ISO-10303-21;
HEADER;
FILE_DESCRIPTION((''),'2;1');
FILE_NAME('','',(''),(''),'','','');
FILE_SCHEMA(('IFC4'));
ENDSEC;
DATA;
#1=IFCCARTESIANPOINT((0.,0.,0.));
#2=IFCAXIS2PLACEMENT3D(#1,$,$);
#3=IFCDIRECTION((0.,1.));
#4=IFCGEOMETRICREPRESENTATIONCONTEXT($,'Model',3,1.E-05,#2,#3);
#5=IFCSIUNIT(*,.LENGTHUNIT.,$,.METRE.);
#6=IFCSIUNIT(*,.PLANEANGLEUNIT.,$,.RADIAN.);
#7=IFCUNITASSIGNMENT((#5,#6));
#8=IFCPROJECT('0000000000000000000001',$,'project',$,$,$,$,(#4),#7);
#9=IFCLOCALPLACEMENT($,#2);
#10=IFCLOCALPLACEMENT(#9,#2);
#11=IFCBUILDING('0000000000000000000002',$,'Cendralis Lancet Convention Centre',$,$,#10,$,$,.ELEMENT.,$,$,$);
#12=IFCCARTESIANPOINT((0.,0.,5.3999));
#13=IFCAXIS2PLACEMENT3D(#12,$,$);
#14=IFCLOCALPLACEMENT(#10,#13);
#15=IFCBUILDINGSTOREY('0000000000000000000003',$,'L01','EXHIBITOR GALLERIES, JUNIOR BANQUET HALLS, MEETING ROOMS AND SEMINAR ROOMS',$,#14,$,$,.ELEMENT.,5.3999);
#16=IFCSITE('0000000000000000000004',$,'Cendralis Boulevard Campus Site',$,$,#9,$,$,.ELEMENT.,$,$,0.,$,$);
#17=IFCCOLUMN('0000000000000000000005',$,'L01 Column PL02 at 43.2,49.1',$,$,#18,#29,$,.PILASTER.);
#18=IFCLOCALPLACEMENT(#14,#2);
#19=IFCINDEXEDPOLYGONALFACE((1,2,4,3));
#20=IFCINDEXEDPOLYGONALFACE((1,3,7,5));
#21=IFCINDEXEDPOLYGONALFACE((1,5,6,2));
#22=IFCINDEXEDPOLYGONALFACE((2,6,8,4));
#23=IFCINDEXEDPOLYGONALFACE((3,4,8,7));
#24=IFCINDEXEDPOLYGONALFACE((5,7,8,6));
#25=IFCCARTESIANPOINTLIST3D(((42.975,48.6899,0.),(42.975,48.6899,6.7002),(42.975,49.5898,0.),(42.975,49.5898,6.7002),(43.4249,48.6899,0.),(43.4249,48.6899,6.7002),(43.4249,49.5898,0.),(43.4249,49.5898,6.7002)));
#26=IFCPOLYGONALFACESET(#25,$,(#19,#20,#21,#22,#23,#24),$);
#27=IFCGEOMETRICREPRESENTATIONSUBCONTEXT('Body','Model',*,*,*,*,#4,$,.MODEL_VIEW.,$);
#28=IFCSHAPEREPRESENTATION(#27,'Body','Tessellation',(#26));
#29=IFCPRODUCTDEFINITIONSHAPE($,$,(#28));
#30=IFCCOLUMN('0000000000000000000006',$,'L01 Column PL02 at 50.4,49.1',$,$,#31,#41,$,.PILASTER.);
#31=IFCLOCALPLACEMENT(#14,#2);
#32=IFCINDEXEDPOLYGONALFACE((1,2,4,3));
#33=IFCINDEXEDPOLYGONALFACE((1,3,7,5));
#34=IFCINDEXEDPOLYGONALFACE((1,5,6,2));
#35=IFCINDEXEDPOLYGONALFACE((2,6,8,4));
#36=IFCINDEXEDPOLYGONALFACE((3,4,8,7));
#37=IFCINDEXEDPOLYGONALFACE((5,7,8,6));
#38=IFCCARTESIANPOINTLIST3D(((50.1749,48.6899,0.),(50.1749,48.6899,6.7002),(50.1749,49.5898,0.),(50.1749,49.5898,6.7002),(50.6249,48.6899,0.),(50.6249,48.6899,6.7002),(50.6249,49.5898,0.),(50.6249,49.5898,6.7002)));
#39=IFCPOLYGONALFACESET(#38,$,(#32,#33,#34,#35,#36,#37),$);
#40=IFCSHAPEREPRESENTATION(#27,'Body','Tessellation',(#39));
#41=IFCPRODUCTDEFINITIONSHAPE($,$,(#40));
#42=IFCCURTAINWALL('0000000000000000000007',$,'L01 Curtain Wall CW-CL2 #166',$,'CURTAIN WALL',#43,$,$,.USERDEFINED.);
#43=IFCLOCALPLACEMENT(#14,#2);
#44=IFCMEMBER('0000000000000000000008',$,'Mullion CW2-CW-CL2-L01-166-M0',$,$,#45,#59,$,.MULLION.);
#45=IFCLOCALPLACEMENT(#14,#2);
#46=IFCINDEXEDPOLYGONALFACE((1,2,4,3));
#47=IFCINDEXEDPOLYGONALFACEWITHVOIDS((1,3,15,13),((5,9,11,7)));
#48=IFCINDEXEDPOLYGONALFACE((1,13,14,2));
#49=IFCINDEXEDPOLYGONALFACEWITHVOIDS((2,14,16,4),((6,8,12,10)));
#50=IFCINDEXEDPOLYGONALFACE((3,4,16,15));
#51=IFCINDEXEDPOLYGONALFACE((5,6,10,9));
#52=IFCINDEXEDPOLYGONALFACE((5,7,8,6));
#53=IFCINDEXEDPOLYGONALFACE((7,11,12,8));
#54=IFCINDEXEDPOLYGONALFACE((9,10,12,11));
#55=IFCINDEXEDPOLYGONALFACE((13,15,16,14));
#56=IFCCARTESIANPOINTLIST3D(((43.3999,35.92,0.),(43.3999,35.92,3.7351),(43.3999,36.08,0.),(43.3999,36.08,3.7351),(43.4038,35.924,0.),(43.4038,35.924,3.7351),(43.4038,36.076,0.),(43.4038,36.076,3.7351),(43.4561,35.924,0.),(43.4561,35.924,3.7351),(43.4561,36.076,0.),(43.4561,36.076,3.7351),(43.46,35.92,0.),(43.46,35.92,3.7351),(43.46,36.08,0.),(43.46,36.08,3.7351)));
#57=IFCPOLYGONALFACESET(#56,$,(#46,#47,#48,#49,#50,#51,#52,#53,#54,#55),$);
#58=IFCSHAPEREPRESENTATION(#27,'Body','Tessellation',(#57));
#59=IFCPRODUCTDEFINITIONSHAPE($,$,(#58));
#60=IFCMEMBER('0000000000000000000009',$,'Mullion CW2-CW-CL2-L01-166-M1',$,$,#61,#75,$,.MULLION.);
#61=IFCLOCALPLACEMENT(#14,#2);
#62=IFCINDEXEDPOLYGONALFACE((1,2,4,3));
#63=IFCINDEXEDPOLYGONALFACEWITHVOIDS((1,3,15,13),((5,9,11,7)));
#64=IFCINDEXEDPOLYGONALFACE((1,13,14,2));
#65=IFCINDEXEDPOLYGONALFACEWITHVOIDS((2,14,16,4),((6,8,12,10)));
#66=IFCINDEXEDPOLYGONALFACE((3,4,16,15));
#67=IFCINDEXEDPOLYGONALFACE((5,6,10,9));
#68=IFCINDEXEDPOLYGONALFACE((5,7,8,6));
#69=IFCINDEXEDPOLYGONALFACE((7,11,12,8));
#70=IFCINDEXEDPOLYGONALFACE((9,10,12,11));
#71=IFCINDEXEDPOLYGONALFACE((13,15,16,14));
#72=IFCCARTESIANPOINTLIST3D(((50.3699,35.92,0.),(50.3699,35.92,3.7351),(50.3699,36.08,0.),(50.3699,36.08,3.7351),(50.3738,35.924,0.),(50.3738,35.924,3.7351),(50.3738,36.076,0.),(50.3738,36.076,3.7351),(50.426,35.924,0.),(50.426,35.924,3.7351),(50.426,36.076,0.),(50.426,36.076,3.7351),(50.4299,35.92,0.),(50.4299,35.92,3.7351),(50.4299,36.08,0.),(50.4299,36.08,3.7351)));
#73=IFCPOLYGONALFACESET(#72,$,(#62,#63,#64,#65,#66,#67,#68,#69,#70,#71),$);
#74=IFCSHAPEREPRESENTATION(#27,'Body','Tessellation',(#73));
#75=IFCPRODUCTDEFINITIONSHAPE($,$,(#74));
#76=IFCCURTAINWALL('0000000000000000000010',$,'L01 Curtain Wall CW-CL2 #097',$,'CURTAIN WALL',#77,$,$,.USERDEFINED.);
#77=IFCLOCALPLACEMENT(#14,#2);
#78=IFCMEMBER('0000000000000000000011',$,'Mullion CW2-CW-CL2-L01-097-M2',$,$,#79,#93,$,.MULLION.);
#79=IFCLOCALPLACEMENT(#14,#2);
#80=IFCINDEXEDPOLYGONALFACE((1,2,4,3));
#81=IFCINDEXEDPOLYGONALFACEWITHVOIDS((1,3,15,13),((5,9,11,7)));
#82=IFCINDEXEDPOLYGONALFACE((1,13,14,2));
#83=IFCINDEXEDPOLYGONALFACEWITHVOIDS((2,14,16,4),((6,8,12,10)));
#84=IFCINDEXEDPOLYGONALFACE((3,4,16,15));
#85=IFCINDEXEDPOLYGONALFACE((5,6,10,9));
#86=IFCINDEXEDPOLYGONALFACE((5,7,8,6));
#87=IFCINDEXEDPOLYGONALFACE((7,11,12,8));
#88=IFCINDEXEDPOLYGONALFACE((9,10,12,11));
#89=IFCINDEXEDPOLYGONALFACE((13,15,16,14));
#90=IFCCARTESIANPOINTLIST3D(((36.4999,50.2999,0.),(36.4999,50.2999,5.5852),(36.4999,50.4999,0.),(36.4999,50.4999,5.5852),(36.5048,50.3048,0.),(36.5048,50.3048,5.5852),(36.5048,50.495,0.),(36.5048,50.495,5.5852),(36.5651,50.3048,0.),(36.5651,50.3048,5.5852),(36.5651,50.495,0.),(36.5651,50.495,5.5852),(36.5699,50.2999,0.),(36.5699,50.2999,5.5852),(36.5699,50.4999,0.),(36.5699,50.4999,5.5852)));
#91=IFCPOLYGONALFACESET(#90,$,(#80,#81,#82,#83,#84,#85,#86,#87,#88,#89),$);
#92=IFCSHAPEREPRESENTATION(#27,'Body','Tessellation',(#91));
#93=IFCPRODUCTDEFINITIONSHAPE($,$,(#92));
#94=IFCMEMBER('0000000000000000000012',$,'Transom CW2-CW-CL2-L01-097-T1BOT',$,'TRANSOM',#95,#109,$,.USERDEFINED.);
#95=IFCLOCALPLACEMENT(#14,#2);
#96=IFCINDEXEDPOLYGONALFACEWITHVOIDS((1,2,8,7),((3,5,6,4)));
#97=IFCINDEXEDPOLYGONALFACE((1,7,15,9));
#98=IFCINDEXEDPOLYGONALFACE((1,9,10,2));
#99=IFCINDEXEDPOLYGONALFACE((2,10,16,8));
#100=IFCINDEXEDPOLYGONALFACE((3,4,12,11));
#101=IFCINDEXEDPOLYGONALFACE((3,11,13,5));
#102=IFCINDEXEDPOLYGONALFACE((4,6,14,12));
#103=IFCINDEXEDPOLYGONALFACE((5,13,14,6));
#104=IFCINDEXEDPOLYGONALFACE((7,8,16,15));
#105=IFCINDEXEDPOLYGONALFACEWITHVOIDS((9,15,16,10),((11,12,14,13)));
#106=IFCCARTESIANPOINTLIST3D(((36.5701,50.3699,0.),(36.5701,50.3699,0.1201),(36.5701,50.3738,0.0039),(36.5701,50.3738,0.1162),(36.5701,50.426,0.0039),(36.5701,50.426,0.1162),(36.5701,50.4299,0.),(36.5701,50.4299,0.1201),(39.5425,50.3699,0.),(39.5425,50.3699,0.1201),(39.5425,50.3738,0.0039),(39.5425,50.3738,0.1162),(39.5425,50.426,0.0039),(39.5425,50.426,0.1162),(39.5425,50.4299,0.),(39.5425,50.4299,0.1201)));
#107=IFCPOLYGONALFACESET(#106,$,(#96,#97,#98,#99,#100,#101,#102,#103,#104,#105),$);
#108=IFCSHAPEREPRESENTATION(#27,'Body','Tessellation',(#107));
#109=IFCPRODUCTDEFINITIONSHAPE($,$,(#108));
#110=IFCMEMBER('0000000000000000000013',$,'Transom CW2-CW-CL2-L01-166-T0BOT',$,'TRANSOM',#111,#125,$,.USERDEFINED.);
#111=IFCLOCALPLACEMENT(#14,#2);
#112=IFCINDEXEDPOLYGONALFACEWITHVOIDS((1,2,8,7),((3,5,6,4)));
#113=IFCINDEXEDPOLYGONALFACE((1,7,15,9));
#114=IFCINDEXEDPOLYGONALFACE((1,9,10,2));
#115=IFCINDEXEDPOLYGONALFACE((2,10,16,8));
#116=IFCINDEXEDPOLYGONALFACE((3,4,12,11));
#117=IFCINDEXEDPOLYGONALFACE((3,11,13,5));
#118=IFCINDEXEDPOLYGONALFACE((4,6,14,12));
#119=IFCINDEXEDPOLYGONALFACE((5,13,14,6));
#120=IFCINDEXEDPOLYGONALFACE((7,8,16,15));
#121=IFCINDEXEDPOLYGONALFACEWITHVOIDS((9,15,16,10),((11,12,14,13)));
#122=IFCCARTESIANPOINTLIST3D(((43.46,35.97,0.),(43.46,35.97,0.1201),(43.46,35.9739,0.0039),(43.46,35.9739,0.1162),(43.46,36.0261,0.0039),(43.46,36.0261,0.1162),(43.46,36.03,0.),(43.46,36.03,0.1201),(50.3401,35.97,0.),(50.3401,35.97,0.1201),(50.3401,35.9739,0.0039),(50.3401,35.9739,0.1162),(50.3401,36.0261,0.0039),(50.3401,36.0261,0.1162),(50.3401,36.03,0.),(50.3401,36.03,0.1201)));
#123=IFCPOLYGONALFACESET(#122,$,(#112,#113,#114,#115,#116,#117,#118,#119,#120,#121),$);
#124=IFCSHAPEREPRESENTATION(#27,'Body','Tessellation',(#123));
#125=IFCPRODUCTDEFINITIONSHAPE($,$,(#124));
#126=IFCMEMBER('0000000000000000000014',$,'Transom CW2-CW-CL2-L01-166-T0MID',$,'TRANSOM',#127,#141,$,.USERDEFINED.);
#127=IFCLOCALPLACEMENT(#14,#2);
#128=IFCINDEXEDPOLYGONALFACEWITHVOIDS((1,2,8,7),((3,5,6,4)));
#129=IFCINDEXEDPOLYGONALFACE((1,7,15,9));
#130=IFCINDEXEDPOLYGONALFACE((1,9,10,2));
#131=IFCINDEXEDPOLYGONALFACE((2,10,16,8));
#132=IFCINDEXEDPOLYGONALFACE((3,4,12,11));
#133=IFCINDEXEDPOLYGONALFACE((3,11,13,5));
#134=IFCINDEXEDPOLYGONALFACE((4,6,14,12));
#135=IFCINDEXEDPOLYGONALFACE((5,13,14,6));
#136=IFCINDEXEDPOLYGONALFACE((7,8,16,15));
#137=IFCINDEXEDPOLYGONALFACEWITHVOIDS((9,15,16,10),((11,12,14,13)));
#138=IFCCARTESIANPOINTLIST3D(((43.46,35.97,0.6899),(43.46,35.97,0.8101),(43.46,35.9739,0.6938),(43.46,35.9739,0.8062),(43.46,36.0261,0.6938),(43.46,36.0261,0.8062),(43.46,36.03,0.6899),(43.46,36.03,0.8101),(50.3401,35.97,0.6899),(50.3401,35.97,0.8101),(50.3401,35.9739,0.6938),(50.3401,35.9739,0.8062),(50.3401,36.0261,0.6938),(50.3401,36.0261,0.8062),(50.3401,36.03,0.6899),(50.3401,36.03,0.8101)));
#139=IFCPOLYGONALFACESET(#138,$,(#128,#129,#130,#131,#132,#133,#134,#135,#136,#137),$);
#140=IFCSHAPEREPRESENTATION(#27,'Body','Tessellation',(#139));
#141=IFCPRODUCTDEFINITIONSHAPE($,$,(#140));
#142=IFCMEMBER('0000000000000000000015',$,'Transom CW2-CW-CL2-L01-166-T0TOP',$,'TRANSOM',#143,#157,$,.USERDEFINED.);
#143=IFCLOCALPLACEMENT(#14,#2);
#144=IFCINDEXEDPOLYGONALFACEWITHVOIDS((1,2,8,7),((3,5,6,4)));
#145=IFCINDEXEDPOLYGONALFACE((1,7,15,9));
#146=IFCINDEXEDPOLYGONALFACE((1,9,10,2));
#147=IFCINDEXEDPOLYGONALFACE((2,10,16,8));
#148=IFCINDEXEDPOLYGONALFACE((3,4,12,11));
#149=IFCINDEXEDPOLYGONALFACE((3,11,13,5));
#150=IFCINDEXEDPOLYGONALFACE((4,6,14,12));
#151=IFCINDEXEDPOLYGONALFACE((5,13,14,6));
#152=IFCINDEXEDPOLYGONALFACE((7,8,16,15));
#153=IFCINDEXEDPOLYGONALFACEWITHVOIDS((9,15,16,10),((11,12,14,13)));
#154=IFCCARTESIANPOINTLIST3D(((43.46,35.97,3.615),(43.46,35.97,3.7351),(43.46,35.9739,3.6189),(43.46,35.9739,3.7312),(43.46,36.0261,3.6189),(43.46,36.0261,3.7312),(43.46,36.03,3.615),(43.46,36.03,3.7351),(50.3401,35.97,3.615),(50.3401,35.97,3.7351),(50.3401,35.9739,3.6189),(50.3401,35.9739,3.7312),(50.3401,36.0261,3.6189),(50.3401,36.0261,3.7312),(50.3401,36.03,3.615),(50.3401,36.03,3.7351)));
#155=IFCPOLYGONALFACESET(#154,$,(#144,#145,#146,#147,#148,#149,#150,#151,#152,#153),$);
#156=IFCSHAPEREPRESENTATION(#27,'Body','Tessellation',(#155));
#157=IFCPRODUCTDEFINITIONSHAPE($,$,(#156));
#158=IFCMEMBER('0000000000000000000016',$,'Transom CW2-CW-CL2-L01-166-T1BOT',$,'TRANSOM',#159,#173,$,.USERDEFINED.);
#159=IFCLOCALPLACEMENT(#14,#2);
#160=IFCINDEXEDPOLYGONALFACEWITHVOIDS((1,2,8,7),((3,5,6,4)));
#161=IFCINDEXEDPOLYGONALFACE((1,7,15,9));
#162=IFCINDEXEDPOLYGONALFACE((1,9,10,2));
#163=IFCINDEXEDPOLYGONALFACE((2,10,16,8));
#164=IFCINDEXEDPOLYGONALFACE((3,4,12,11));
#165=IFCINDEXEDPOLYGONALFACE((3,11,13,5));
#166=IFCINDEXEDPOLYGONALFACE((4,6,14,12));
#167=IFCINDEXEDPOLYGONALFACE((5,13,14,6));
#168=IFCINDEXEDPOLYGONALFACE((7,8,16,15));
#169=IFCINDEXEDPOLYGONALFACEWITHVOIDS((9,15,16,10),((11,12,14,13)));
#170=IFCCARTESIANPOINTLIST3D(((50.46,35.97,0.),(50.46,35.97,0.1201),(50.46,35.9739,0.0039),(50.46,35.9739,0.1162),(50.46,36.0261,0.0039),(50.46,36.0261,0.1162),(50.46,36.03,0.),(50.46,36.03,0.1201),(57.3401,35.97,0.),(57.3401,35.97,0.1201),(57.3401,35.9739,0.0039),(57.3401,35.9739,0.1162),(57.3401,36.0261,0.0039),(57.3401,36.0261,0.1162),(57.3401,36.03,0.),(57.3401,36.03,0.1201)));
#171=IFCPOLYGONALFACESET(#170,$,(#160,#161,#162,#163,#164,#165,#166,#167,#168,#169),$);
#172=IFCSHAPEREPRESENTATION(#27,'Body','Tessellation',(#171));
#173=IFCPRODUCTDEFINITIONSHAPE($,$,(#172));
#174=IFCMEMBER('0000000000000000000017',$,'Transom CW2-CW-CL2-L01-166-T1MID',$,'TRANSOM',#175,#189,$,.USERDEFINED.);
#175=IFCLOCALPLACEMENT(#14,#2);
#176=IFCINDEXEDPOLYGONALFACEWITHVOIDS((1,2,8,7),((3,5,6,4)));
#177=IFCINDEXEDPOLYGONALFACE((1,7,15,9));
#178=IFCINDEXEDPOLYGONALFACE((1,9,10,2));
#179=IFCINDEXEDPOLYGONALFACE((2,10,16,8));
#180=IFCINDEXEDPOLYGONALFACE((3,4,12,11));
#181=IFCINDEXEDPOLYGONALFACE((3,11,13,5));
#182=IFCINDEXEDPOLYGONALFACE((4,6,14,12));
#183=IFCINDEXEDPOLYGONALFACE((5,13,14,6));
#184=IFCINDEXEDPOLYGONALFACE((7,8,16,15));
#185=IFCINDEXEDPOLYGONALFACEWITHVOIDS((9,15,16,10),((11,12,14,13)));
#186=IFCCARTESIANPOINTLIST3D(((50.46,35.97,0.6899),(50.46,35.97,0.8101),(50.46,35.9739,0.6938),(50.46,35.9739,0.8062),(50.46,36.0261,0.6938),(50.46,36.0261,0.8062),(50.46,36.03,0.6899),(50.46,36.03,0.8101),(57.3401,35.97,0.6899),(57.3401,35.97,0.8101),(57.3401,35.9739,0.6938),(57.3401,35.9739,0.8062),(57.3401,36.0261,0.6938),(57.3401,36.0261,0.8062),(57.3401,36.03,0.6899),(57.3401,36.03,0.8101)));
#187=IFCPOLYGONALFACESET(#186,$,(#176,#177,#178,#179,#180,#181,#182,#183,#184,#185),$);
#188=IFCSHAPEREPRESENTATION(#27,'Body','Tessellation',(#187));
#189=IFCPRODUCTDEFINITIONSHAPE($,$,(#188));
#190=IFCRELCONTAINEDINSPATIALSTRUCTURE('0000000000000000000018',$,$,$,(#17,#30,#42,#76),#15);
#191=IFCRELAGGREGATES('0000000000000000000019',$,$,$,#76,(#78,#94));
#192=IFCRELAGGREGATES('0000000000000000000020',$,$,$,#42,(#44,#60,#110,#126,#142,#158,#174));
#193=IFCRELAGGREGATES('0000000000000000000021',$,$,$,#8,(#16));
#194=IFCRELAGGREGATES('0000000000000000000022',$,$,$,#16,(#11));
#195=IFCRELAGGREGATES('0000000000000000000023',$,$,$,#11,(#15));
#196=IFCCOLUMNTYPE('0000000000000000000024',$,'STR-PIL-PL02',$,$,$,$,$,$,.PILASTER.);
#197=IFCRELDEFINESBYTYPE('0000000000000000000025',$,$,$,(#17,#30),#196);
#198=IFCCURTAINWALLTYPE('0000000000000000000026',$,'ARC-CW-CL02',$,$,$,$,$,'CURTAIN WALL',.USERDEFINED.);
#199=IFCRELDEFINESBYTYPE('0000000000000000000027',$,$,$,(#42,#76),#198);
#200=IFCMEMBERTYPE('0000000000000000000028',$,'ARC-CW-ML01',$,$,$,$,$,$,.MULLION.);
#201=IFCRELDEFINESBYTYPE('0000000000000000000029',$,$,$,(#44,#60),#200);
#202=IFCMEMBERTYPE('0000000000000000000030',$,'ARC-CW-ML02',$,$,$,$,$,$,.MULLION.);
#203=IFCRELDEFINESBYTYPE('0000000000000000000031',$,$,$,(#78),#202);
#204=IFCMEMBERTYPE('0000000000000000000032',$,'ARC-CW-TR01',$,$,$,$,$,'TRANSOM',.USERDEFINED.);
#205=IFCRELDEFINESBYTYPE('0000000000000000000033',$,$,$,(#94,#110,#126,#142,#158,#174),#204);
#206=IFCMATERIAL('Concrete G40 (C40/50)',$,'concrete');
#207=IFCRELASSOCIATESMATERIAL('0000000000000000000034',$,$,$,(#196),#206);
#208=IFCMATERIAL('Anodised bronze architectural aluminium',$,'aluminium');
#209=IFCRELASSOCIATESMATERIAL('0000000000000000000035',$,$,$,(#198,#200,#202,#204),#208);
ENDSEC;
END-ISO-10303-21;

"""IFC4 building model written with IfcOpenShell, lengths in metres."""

from ifc_helpers import new_model, si_unit, direction, frame, origin, origin_2d, place, context, subcontext, project, spatial, rectangle, hollow_rectangle, extrude, material, material_profile, profile_set, type_object, element, aggregate, save


model = new_model("IFC4")

# Units and contexts
model_context = context("Model", 3, precision=1e-05, world=origin(), true_north=direction((0.0, 1.0)))
body_context = subcontext(model_context, "Body", "Model", "MODEL_VIEW")
ifc_project = project(units=[si_unit("LENGTHUNIT", "METRE"), si_unit("PLANEANGLEUNIT", "RADIAN")], contexts=[model_context])

# Site, building, storey
site_placement = place(None, origin())
site = spatial("IfcSite", under=ifc_project, at=site_placement, Name="Cendralis Boulevard Campus Site", CompositionType="ELEMENT", RefElevation=0.0)
building_placement = place(site_placement, origin())
building = spatial("IfcBuilding", under=site, at=building_placement, Name="Cendralis Lancet Convention Centre", CompositionType="ELEMENT")
storey_placement = place(building_placement, frame((0.0, 0.0, 5.3999)))
storey = spatial("IfcBuildingStorey", under=building, at=storey_placement, Name="L01", Description="EXHIBITOR GALLERIES, JUNIOR BANQUET HALLS, MEETING ROOMS AND SEMINAR ROOMS", CompositionType="ELEMENT", Elevation=5.3999)

# Columns
ifc_material_1 = material(Name="Concrete G40 (C40/50)", Category="concrete")
ifc_material_profile_1 = material_profile(ifc_material_1, rectangle(XDim=0.45, YDim=0.8999, at=origin_2d()), Name="RC 450x900")
ifc_profile_set_1 = profile_set([ifc_material_profile_1], Name="Concrete G40 (C40/50)")
column_type = type_object("IfcColumnType", Name="STR-PIL-PL02", PredefinedType="PILASTER", material=ifc_profile_set_1)
for number, where, z_axis, x_axis, name in (
    (1, (43.2, 49.1399, 0.0), (0.0, 0.0, 1.0), (1.0, 0.0, 0.0), "L01 Column PL02 at 43.2,49.1"),
    (2, (50.3999, 49.1399, 0.0), (0.0, 0.0, 1.0), (1.0, 0.0, 0.0), "L01 Column PL02 at 50.4,49.1"),
):
    element("IfcColumn", number, at=place(storey_placement, frame(where, z_axis=z_axis, x_axis=x_axis)), inside=storey, type_object=column_type, Name=name, PredefinedType="PILASTER", context=body_context, shape_type="SweptSolid", body=[
        extrude(rectangle(XDim=0.45, YDim=0.8999, at=origin_2d()), origin(), (0.0, 0.0, 1.0), 6.7002),
    ])

# Curtain walls, members
ifc_material_2 = material(Name="Anodised bronze architectural aluminium", Category="aluminium")
curtain_wall_type = type_object("IfcCurtainWallType", Name="ARC-CW-CL02", ElementType="CURTAIN WALL", PredefinedType="USERDEFINED", material=ifc_material_2)
curtain_wall_1_placement = place(storey_placement, origin())
curtain_wall_1 = element("IfcCurtainWall", 3, at=curtain_wall_1_placement, inside=storey, type_object=curtain_wall_type, Name="L01 Curtain Wall CW-CL2 #166", ObjectType="CURTAIN WALL", PredefinedType="USERDEFINED")
ifc_material_profile_2 = material_profile(ifc_material_2, hollow_rectangle(XDim=0.0601, YDim=0.1599, WallThickness=0.0039, at=origin_2d()), Name="AL-MULL 60x160x4.0")
ifc_profile_set_2 = profile_set([ifc_material_profile_2], Name="Anodised bronze architectural aluminium")
member_type_1 = type_object("IfcMemberType", Name="ARC-CW-ML01", PredefinedType="MULLION", material=ifc_profile_set_2)
member_1_placement = place(storey_placement, frame((43.4299, 36.0, 0.0), z_axis=(0.0, 0.0, 1.0), x_axis=(1.0, 0.0, 0.0)))
member_1 = element("IfcMember", 4, at=member_1_placement, type_object=member_type_1, Name="Mullion CW2-CW-CL2-L01-166-M0", PredefinedType="MULLION", context=body_context, shape_type="SweptSolid", body=[
    extrude(hollow_rectangle(XDim=0.0601, YDim=0.1599, WallThickness=0.0039, at=origin_2d()), origin(), (0.0, 0.0, 1.0), 3.7351),
])
member_2_placement = place(storey_placement, frame((50.3999, 36.0, 0.0), z_axis=(0.0, 0.0, 1.0), x_axis=(1.0, 0.0, 0.0)))
member_2 = element("IfcMember", 5, at=member_2_placement, type_object=member_type_1, Name="Mullion CW2-CW-CL2-L01-166-M1", PredefinedType="MULLION", context=body_context, shape_type="SweptSolid", body=[
    extrude(hollow_rectangle(XDim=0.0601, YDim=0.1599, WallThickness=0.0039, at=origin_2d()), origin(), (0.0, 0.0, 1.0), 3.7351),
])
curtain_wall_2_placement = place(storey_placement, origin())
curtain_wall_2 = element("IfcCurtainWall", 6, at=curtain_wall_2_placement, inside=storey, type_object=curtain_wall_type, Name="L01 Curtain Wall CW-CL2 #097", ObjectType="CURTAIN WALL", PredefinedType="USERDEFINED")
ifc_material_profile_3 = material_profile(ifc_material_2, hollow_rectangle(XDim=0.0701, YDim=0.2, WallThickness=0.0049, at=origin_2d()), Name="AL-MULL 70x200x5.0")
ifc_profile_set_3 = profile_set([ifc_material_profile_3], Name="Anodised bronze architectural aluminium")
member_type_2 = type_object("IfcMemberType", Name="ARC-CW-ML02", PredefinedType="MULLION", material=ifc_profile_set_3)
member_3_placement = place(storey_placement, frame((36.5349, 50.3999, 0.0), z_axis=(0.0, 0.0, 1.0), x_axis=(1.0, 0.0, 0.0)))
member_3 = element("IfcMember", 7, at=member_3_placement, type_object=member_type_2, Name="Mullion CW2-CW-CL2-L01-097-M2", PredefinedType="MULLION", context=body_context, shape_type="SweptSolid", body=[
    extrude(hollow_rectangle(XDim=0.0701, YDim=0.2, WallThickness=0.0049, at=origin_2d()), origin(), (0.0, 0.0, 1.0), 5.5852),
])
ifc_material_profile_4 = material_profile(ifc_material_2, hollow_rectangle(XDim=0.0601, YDim=0.1201, WallThickness=0.0039, at=origin_2d()), Name="AL-TRAN 60x120x4.0")
ifc_profile_set_4 = profile_set([ifc_material_profile_4], Name="Anodised bronze architectural aluminium")
member_type_3 = type_object("IfcMemberType", Name="ARC-CW-TR01", ElementType="TRANSOM", PredefinedType="USERDEFINED", material=ifc_profile_set_4)
member_4_placement = place(storey_placement, frame((39.5425, 50.3999, 0.0601), z_axis=(-1.0, 0.0, 0.0), x_axis=(0.0, -1.0, 0.0)))
member_4 = element("IfcMember", 8, at=member_4_placement, type_object=member_type_3, Name="Transom CW2-CW-CL2-L01-097-T1BOT", ObjectType="TRANSOM", PredefinedType="USERDEFINED", context=body_context, shape_type="SweptSolid", body=[
    extrude(hollow_rectangle(XDim=0.0601, YDim=0.1201, WallThickness=0.0039, at=origin_2d()), origin(), (0.0, 0.0, 1.0), 2.9724),
])

# Members
member_5_placement = place(storey_placement, frame((43.46, 36.0, 0.0601), z_axis=(1.0, 0.0, 0.0), x_axis=(0.0, 1.0, 0.0)))
member_5 = element("IfcMember", 9, at=member_5_placement, type_object=member_type_3, Name="Transom CW2-CW-CL2-L01-166-T0BOT", ObjectType="TRANSOM", PredefinedType="USERDEFINED", context=body_context, shape_type="SweptSolid", body=[
    extrude(hollow_rectangle(XDim=0.0601, YDim=0.1201, WallThickness=0.0039, at=origin_2d()), origin(), (0.0, 0.0, 1.0), 6.8801),
])
member_6_placement = place(storey_placement, frame((43.46, 36.0, 0.75), z_axis=(1.0, 0.0, 0.0), x_axis=(0.0, 1.0, 0.0)))
member_6 = element("IfcMember", 10, at=member_6_placement, type_object=member_type_3, Name="Transom CW2-CW-CL2-L01-166-T0MID", ObjectType="TRANSOM", PredefinedType="USERDEFINED", context=body_context, shape_type="SweptSolid", body=[
    extrude(hollow_rectangle(XDim=0.0601, YDim=0.1201, WallThickness=0.0039, at=origin_2d()), origin(), (0.0, 0.0, 1.0), 6.8801),
])
member_7_placement = place(storey_placement, frame((43.46, 36.0, 3.675), z_axis=(1.0, 0.0, 0.0), x_axis=(0.0, 1.0, 0.0)))
member_7 = element("IfcMember", 11, at=member_7_placement, type_object=member_type_3, Name="Transom CW2-CW-CL2-L01-166-T0TOP", ObjectType="TRANSOM", PredefinedType="USERDEFINED", context=body_context, shape_type="SweptSolid", body=[
    extrude(hollow_rectangle(XDim=0.0601, YDim=0.1201, WallThickness=0.0039, at=origin_2d()), origin(), (0.0, 0.0, 1.0), 6.8801),
])
member_8_placement = place(storey_placement, frame((50.46, 36.0, 0.0601), z_axis=(1.0, 0.0, 0.0), x_axis=(0.0, 1.0, 0.0)))
member_8 = element("IfcMember", 12, at=member_8_placement, type_object=member_type_3, Name="Transom CW2-CW-CL2-L01-166-T1BOT", ObjectType="TRANSOM", PredefinedType="USERDEFINED", context=body_context, shape_type="SweptSolid", body=[
    extrude(hollow_rectangle(XDim=0.0601, YDim=0.1201, WallThickness=0.0039, at=origin_2d()), origin(), (0.0, 0.0, 1.0), 6.8801),
])
member_9_placement = place(storey_placement, frame((50.46, 36.0, 0.75), z_axis=(1.0, 0.0, 0.0), x_axis=(0.0, 1.0, 0.0)))
member_9 = element("IfcMember", 13, at=member_9_placement, type_object=member_type_3, Name="Transom CW2-CW-CL2-L01-166-T1MID", ObjectType="TRANSOM", PredefinedType="USERDEFINED", context=body_context, shape_type="SweptSolid", body=[
    extrude(hollow_rectangle(XDim=0.0601, YDim=0.1201, WallThickness=0.0039, at=origin_2d()), origin(), (0.0, 0.0, 1.0), 6.8801),
])

aggregate(curtain_wall_2, [member_3, member_4])
aggregate(curtain_wall_1, [member_1, member_2, member_5, member_6, member_7, member_8, member_9])

save(model, "model.ifc")
